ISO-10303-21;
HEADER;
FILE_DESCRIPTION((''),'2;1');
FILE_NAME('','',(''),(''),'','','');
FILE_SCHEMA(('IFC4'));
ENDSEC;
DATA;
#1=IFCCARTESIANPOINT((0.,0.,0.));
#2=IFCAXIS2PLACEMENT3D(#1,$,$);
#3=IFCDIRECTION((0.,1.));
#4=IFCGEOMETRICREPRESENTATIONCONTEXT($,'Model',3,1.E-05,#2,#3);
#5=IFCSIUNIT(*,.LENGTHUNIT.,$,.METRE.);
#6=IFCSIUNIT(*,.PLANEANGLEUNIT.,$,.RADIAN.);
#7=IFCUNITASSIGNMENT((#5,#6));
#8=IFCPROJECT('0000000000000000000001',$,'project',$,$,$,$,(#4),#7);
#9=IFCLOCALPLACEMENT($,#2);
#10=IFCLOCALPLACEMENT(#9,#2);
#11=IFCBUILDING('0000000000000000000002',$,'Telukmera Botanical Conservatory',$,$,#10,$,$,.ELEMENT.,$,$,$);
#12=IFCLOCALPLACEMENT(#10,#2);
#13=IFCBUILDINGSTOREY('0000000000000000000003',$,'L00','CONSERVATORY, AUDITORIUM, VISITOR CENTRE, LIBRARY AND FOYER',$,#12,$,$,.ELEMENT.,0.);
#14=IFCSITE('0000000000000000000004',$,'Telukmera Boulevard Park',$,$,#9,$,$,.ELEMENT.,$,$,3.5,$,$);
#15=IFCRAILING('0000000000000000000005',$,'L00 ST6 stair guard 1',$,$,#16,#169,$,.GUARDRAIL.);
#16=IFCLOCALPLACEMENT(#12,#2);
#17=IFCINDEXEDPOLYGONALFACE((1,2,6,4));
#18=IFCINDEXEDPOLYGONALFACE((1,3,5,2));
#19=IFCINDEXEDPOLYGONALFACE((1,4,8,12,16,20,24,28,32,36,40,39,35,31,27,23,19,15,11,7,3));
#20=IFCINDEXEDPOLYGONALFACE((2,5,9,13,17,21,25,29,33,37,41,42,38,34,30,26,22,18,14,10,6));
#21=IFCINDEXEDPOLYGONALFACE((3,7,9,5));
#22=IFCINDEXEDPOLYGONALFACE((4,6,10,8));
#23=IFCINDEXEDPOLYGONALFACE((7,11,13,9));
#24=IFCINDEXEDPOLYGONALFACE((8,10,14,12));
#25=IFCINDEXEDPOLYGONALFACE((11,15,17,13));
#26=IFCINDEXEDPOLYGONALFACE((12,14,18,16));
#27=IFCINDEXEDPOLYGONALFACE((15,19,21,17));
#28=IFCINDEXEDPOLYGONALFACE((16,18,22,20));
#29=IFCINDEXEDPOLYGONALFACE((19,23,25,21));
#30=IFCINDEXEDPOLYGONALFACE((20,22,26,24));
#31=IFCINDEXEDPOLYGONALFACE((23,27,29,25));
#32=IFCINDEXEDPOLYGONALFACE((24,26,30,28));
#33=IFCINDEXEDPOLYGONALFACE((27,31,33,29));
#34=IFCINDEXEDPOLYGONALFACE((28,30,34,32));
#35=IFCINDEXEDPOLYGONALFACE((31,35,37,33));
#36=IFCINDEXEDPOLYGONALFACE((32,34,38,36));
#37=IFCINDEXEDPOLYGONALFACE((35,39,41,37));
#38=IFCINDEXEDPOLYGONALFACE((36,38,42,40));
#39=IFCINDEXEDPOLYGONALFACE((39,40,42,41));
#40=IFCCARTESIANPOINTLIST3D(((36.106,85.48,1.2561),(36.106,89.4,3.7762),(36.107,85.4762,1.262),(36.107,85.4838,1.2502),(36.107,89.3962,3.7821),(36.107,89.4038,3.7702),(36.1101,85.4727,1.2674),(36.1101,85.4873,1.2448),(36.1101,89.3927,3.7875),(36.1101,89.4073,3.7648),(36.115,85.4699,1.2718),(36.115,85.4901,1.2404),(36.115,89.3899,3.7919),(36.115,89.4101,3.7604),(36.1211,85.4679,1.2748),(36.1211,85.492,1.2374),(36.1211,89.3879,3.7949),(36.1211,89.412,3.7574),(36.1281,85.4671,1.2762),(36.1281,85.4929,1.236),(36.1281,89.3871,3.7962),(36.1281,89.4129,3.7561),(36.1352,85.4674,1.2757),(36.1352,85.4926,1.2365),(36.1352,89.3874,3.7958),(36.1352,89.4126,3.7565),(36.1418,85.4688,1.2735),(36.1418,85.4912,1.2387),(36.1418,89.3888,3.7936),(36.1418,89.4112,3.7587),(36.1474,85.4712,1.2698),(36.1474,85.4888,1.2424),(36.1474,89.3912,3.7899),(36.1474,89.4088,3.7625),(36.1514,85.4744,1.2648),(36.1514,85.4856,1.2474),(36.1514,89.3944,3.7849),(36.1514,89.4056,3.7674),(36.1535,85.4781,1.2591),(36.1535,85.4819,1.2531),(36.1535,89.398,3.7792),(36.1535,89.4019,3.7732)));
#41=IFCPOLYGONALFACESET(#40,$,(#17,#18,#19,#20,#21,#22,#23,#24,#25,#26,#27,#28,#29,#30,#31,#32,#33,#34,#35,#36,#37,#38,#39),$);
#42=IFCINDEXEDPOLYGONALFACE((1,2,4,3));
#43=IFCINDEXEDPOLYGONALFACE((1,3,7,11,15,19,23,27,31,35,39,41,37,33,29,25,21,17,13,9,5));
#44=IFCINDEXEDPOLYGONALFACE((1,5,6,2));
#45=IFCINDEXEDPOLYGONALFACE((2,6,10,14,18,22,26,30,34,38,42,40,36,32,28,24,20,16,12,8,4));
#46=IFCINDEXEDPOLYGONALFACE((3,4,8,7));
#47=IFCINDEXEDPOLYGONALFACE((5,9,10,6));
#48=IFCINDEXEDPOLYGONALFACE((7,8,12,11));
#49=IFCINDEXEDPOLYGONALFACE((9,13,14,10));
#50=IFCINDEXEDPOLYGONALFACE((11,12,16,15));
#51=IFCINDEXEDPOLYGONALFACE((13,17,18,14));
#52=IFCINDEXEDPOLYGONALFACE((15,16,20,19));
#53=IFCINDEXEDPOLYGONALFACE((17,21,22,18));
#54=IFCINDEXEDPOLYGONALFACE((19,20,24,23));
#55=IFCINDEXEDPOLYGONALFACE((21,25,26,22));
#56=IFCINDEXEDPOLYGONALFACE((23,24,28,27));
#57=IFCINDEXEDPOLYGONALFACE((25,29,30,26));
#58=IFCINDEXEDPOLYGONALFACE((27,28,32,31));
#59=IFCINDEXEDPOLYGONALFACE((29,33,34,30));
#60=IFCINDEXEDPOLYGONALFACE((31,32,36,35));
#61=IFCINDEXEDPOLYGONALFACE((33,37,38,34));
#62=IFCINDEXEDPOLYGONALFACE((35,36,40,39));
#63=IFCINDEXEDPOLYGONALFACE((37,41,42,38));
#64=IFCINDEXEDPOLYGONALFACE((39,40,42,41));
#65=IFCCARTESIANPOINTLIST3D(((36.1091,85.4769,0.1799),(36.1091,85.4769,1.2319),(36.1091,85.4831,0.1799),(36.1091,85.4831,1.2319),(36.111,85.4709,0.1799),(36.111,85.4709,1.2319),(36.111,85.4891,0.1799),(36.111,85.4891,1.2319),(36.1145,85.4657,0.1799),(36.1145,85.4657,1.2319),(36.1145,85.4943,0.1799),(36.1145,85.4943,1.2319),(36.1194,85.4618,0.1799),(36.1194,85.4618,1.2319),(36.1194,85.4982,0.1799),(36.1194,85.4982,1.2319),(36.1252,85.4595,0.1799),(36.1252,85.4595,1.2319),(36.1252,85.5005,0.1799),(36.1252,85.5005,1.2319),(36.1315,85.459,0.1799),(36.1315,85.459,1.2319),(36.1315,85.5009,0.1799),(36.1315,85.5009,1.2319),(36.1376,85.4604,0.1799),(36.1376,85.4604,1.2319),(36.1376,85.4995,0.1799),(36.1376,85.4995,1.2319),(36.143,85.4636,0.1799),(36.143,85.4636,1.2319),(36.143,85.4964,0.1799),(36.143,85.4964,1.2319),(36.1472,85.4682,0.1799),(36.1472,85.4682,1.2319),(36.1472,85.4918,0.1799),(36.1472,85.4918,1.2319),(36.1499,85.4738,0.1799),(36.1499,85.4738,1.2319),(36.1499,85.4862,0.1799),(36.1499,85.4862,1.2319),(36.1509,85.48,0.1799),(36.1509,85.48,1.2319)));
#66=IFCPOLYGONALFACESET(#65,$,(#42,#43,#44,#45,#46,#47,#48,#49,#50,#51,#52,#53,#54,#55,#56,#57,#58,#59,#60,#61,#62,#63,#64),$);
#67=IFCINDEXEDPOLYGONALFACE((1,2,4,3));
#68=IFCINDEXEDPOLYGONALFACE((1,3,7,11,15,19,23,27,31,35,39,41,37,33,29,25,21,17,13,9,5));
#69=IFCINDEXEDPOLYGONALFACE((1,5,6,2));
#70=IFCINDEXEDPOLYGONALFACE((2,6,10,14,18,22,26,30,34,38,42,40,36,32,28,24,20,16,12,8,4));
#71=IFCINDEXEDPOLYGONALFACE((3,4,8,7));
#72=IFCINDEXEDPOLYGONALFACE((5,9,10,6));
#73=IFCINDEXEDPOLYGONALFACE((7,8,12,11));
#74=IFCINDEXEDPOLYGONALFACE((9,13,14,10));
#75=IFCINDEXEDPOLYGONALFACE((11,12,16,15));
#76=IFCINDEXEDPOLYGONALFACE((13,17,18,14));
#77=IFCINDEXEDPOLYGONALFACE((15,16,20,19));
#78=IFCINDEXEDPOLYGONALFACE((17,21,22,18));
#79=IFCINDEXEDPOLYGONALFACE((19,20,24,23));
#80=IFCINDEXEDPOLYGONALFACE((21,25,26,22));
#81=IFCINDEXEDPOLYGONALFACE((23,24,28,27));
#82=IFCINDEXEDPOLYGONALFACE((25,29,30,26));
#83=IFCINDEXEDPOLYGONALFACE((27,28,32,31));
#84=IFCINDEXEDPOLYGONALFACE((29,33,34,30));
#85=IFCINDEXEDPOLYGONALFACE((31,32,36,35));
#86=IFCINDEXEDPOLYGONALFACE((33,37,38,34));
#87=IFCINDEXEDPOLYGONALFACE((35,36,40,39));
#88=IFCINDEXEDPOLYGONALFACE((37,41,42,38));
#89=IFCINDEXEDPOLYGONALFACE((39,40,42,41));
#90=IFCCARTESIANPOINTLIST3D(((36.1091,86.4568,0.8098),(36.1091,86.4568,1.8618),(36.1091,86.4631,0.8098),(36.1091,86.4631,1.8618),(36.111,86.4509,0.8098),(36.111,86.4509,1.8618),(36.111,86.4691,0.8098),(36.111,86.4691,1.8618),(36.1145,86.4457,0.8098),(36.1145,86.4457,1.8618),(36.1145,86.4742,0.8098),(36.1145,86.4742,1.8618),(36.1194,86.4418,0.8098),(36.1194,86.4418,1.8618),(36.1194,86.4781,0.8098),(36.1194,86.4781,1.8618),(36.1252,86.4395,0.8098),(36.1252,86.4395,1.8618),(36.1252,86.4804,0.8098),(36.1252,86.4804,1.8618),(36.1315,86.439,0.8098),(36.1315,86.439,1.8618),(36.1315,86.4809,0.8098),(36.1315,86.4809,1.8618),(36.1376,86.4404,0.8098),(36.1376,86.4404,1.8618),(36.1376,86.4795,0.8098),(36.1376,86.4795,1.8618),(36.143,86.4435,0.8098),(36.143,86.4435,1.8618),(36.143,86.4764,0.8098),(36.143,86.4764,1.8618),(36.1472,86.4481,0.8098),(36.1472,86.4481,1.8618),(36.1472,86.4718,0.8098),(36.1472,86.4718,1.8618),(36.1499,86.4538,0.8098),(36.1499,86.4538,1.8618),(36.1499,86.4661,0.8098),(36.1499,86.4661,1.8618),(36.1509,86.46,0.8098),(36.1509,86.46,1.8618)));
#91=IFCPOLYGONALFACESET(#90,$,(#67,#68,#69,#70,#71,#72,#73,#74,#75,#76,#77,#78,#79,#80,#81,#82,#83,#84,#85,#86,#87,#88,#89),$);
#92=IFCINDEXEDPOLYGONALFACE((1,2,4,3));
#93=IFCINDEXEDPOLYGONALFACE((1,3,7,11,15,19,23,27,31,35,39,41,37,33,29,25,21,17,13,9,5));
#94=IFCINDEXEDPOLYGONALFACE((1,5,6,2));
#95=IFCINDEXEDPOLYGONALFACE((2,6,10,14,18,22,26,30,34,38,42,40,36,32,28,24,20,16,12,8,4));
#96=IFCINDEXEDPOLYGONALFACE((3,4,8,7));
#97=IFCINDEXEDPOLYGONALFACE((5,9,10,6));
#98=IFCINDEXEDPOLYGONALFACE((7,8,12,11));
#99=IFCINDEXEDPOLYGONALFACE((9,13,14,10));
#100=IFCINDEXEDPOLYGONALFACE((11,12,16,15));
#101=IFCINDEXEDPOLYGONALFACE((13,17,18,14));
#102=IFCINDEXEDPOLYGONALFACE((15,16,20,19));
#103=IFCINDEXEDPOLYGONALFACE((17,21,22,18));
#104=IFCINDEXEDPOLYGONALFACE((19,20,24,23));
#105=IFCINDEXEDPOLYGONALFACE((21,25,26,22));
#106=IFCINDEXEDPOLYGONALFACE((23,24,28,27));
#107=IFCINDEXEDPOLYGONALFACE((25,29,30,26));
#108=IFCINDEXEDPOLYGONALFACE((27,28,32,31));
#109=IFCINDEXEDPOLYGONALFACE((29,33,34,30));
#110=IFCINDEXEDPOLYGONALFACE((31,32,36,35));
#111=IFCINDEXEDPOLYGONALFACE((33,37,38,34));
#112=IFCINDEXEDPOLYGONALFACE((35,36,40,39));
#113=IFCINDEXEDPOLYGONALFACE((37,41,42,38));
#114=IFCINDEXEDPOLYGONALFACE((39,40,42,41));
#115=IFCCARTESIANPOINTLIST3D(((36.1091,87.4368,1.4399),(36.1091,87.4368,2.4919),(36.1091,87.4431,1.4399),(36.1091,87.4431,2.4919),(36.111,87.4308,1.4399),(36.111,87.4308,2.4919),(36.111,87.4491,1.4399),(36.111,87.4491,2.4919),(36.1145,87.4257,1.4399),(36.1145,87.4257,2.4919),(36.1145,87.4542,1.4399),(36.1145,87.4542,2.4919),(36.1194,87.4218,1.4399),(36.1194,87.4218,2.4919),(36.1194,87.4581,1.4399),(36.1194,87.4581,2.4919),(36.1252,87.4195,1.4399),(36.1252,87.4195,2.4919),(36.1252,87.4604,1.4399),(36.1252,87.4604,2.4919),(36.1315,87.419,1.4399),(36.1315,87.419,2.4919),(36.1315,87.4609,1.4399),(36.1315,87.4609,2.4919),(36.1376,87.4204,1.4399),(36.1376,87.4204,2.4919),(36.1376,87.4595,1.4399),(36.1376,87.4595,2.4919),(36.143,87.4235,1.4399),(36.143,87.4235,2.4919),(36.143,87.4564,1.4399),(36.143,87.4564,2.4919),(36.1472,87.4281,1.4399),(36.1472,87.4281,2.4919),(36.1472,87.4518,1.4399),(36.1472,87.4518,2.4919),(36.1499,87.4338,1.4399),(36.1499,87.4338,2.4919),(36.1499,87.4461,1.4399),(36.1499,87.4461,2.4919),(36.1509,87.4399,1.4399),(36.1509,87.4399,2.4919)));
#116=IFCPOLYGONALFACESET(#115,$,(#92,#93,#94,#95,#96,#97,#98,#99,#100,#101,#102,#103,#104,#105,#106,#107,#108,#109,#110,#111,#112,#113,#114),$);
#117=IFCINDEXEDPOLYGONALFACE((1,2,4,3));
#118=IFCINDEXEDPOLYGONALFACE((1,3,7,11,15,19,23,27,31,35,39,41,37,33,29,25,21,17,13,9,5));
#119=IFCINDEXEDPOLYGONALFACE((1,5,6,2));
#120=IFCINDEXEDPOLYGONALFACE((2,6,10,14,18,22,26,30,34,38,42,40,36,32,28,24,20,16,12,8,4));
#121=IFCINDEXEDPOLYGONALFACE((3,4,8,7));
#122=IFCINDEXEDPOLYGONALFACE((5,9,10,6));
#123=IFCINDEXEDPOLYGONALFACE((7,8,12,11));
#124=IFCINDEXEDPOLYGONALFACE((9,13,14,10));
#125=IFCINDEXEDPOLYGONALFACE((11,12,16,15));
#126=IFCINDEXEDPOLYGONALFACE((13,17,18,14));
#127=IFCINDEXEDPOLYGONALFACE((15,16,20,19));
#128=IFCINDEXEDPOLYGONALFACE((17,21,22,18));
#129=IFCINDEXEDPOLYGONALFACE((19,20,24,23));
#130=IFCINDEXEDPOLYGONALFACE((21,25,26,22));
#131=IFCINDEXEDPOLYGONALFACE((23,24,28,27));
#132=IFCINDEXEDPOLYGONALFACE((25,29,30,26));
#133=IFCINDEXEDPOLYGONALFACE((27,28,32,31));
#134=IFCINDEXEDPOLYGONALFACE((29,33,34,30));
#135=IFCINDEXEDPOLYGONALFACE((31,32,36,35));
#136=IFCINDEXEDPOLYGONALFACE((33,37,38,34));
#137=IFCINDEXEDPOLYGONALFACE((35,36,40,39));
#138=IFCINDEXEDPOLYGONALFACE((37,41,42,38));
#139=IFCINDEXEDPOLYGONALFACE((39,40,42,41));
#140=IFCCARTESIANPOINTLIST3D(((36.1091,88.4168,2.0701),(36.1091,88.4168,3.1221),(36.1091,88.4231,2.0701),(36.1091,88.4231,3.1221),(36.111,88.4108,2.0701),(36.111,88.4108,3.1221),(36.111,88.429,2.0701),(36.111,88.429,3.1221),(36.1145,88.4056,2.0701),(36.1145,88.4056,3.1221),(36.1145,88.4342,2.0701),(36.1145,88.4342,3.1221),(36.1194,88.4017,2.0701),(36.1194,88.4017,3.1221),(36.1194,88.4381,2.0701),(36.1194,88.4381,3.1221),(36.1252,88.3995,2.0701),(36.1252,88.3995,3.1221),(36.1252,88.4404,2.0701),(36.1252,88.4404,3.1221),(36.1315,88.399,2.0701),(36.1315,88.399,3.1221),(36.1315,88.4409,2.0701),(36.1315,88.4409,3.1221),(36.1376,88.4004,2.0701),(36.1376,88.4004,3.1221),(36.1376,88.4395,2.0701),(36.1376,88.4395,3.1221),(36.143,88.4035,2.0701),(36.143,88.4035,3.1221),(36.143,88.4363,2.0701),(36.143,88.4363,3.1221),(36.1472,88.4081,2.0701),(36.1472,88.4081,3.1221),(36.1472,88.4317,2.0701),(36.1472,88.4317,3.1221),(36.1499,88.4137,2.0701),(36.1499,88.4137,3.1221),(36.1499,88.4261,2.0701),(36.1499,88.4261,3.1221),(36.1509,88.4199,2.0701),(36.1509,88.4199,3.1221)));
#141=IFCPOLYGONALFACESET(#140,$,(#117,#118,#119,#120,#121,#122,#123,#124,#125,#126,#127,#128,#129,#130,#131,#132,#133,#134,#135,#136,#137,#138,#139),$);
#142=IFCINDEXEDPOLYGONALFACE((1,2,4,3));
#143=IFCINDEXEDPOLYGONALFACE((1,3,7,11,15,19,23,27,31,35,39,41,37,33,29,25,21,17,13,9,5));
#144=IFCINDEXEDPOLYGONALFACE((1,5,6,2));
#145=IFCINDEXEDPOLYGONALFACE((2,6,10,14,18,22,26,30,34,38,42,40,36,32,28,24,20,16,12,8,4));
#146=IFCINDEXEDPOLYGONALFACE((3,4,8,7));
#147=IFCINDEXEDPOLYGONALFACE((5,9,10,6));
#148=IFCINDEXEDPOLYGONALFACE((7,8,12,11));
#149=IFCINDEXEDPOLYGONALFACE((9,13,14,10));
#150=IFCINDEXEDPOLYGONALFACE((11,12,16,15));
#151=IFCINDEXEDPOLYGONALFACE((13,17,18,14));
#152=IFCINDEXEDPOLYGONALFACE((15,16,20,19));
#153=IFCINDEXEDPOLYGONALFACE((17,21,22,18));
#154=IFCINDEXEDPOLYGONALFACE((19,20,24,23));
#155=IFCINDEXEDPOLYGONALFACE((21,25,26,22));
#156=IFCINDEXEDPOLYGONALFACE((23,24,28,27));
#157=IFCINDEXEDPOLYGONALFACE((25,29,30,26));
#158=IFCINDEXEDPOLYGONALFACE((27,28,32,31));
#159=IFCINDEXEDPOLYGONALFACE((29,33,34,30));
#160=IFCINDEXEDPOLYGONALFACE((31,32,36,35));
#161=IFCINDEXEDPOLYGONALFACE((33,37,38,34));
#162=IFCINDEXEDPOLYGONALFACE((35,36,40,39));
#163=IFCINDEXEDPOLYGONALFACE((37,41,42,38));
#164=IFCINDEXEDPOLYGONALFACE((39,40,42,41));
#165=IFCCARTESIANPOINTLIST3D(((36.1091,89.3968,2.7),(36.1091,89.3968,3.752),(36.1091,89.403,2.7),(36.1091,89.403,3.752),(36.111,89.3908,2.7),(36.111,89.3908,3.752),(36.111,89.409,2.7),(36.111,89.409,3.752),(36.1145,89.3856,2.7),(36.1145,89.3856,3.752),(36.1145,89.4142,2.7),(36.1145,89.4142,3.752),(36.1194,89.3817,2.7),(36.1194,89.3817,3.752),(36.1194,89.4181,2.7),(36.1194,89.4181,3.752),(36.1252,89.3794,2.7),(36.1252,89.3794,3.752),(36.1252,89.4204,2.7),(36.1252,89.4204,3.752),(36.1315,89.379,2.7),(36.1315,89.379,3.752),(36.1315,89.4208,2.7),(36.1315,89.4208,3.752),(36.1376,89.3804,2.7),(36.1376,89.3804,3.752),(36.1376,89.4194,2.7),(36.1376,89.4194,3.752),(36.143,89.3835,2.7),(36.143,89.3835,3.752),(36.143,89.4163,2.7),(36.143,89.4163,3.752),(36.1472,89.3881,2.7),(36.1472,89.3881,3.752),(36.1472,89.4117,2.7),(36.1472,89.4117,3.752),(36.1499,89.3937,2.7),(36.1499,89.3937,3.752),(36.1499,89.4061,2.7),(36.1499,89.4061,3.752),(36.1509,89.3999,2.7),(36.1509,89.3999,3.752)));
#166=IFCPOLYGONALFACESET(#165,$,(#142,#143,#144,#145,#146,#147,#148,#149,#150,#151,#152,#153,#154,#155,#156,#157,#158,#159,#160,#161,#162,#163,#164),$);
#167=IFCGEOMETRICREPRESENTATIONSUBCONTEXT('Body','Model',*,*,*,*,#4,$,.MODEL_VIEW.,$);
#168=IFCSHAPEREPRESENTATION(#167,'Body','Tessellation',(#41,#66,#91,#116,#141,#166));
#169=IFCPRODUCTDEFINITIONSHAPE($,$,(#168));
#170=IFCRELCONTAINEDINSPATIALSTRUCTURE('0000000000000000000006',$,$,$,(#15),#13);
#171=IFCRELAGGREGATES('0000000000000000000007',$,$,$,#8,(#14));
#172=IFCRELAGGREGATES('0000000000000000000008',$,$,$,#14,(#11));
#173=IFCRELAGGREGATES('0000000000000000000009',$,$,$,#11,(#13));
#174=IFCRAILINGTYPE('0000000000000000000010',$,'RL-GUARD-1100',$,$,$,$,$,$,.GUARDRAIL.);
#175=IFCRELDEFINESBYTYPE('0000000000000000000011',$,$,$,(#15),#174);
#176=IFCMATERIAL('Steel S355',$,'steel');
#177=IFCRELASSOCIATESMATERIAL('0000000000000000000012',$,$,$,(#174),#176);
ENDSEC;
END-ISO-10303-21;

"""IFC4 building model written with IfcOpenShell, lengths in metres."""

from ifc_helpers import new_model, si_unit, direction, frame, origin, origin_2d, place, context, subcontext, project, spatial, circle, extrude, material, type_object, element, save


model = new_model("IFC4")

# Units and contexts
model_context = context("Model", 3, precision=1e-05, world=origin(), true_north=direction((0.0, 1.0)))
body_context = subcontext(model_context, "Body", "Model", "MODEL_VIEW")
ifc_project = project(units=[si_unit("LENGTHUNIT", "METRE"), si_unit("PLANEANGLEUNIT", "RADIAN")], contexts=[model_context])

# Site, building, storey
site_placement = place(None, origin())
site = spatial("IfcSite", under=ifc_project, at=site_placement, Name="Telukmera Boulevard Park", CompositionType="ELEMENT", RefElevation=3.5)
building_placement = place(site_placement, origin())
building = spatial("IfcBuilding", under=site, at=building_placement, Name="Telukmera Botanical Conservatory", CompositionType="ELEMENT")
storey_placement = place(building_placement, origin())
storey = spatial("IfcBuildingStorey", under=building, at=storey_placement, Name="L00", Description="CONSERVATORY, AUDITORIUM, VISITOR CENTRE, LIBRARY AND FOYER", CompositionType="ELEMENT", Elevation=0.0)

# Railing
ifc_material_1 = material(Name="Steel S355", Category="steel")
railing_type = type_object("IfcRailingType", Name="RL-GUARD-1100", PredefinedType="GUARDRAIL", material=ifc_material_1)
railing_1_placement = place(storey_placement, frame((36.1299, 85.48, 0.1799)))
element("IfcRailing", 1, at=railing_1_placement, inside=storey, type_object=railing_type, Name="L00 ST6 stair guard 1", PredefinedType="GUARDRAIL", context=body_context, shape_type="SweptSolid", body=[
    extrude(circle(Radius=0.0239, at=origin_2d()), frame((0.0, 0.0, 1.0762), z_axis=(0.0, 0.841172, 0.540768), x_axis=(-1.0, 0.0, 0.0)), (0.0, 0.0, 1.0), 4.6602),
    extrude(circle(Radius=0.021, at=origin_2d()), origin(), (0.0, 0.0, 1.0), 1.052),
    extrude(circle(Radius=0.021, at=origin_2d()), frame((0.0, 0.98, 0.6299)), (0.0, 0.0, 1.0), 1.052),
    extrude(circle(Radius=0.021, at=origin_2d()), frame((0.0, 1.96, 1.26)), (0.0, 0.0, 1.0), 1.052),
    extrude(circle(Radius=0.021, at=origin_2d()), frame((0.0, 2.9399, 1.8901)), (0.0, 0.0, 1.0), 1.052),
    extrude(circle(Radius=0.021, at=origin_2d()), frame((0.0, 3.9199, 2.52)), (0.0, 0.0, 1.0), 1.052),
])

save(model, "model.ifc")
